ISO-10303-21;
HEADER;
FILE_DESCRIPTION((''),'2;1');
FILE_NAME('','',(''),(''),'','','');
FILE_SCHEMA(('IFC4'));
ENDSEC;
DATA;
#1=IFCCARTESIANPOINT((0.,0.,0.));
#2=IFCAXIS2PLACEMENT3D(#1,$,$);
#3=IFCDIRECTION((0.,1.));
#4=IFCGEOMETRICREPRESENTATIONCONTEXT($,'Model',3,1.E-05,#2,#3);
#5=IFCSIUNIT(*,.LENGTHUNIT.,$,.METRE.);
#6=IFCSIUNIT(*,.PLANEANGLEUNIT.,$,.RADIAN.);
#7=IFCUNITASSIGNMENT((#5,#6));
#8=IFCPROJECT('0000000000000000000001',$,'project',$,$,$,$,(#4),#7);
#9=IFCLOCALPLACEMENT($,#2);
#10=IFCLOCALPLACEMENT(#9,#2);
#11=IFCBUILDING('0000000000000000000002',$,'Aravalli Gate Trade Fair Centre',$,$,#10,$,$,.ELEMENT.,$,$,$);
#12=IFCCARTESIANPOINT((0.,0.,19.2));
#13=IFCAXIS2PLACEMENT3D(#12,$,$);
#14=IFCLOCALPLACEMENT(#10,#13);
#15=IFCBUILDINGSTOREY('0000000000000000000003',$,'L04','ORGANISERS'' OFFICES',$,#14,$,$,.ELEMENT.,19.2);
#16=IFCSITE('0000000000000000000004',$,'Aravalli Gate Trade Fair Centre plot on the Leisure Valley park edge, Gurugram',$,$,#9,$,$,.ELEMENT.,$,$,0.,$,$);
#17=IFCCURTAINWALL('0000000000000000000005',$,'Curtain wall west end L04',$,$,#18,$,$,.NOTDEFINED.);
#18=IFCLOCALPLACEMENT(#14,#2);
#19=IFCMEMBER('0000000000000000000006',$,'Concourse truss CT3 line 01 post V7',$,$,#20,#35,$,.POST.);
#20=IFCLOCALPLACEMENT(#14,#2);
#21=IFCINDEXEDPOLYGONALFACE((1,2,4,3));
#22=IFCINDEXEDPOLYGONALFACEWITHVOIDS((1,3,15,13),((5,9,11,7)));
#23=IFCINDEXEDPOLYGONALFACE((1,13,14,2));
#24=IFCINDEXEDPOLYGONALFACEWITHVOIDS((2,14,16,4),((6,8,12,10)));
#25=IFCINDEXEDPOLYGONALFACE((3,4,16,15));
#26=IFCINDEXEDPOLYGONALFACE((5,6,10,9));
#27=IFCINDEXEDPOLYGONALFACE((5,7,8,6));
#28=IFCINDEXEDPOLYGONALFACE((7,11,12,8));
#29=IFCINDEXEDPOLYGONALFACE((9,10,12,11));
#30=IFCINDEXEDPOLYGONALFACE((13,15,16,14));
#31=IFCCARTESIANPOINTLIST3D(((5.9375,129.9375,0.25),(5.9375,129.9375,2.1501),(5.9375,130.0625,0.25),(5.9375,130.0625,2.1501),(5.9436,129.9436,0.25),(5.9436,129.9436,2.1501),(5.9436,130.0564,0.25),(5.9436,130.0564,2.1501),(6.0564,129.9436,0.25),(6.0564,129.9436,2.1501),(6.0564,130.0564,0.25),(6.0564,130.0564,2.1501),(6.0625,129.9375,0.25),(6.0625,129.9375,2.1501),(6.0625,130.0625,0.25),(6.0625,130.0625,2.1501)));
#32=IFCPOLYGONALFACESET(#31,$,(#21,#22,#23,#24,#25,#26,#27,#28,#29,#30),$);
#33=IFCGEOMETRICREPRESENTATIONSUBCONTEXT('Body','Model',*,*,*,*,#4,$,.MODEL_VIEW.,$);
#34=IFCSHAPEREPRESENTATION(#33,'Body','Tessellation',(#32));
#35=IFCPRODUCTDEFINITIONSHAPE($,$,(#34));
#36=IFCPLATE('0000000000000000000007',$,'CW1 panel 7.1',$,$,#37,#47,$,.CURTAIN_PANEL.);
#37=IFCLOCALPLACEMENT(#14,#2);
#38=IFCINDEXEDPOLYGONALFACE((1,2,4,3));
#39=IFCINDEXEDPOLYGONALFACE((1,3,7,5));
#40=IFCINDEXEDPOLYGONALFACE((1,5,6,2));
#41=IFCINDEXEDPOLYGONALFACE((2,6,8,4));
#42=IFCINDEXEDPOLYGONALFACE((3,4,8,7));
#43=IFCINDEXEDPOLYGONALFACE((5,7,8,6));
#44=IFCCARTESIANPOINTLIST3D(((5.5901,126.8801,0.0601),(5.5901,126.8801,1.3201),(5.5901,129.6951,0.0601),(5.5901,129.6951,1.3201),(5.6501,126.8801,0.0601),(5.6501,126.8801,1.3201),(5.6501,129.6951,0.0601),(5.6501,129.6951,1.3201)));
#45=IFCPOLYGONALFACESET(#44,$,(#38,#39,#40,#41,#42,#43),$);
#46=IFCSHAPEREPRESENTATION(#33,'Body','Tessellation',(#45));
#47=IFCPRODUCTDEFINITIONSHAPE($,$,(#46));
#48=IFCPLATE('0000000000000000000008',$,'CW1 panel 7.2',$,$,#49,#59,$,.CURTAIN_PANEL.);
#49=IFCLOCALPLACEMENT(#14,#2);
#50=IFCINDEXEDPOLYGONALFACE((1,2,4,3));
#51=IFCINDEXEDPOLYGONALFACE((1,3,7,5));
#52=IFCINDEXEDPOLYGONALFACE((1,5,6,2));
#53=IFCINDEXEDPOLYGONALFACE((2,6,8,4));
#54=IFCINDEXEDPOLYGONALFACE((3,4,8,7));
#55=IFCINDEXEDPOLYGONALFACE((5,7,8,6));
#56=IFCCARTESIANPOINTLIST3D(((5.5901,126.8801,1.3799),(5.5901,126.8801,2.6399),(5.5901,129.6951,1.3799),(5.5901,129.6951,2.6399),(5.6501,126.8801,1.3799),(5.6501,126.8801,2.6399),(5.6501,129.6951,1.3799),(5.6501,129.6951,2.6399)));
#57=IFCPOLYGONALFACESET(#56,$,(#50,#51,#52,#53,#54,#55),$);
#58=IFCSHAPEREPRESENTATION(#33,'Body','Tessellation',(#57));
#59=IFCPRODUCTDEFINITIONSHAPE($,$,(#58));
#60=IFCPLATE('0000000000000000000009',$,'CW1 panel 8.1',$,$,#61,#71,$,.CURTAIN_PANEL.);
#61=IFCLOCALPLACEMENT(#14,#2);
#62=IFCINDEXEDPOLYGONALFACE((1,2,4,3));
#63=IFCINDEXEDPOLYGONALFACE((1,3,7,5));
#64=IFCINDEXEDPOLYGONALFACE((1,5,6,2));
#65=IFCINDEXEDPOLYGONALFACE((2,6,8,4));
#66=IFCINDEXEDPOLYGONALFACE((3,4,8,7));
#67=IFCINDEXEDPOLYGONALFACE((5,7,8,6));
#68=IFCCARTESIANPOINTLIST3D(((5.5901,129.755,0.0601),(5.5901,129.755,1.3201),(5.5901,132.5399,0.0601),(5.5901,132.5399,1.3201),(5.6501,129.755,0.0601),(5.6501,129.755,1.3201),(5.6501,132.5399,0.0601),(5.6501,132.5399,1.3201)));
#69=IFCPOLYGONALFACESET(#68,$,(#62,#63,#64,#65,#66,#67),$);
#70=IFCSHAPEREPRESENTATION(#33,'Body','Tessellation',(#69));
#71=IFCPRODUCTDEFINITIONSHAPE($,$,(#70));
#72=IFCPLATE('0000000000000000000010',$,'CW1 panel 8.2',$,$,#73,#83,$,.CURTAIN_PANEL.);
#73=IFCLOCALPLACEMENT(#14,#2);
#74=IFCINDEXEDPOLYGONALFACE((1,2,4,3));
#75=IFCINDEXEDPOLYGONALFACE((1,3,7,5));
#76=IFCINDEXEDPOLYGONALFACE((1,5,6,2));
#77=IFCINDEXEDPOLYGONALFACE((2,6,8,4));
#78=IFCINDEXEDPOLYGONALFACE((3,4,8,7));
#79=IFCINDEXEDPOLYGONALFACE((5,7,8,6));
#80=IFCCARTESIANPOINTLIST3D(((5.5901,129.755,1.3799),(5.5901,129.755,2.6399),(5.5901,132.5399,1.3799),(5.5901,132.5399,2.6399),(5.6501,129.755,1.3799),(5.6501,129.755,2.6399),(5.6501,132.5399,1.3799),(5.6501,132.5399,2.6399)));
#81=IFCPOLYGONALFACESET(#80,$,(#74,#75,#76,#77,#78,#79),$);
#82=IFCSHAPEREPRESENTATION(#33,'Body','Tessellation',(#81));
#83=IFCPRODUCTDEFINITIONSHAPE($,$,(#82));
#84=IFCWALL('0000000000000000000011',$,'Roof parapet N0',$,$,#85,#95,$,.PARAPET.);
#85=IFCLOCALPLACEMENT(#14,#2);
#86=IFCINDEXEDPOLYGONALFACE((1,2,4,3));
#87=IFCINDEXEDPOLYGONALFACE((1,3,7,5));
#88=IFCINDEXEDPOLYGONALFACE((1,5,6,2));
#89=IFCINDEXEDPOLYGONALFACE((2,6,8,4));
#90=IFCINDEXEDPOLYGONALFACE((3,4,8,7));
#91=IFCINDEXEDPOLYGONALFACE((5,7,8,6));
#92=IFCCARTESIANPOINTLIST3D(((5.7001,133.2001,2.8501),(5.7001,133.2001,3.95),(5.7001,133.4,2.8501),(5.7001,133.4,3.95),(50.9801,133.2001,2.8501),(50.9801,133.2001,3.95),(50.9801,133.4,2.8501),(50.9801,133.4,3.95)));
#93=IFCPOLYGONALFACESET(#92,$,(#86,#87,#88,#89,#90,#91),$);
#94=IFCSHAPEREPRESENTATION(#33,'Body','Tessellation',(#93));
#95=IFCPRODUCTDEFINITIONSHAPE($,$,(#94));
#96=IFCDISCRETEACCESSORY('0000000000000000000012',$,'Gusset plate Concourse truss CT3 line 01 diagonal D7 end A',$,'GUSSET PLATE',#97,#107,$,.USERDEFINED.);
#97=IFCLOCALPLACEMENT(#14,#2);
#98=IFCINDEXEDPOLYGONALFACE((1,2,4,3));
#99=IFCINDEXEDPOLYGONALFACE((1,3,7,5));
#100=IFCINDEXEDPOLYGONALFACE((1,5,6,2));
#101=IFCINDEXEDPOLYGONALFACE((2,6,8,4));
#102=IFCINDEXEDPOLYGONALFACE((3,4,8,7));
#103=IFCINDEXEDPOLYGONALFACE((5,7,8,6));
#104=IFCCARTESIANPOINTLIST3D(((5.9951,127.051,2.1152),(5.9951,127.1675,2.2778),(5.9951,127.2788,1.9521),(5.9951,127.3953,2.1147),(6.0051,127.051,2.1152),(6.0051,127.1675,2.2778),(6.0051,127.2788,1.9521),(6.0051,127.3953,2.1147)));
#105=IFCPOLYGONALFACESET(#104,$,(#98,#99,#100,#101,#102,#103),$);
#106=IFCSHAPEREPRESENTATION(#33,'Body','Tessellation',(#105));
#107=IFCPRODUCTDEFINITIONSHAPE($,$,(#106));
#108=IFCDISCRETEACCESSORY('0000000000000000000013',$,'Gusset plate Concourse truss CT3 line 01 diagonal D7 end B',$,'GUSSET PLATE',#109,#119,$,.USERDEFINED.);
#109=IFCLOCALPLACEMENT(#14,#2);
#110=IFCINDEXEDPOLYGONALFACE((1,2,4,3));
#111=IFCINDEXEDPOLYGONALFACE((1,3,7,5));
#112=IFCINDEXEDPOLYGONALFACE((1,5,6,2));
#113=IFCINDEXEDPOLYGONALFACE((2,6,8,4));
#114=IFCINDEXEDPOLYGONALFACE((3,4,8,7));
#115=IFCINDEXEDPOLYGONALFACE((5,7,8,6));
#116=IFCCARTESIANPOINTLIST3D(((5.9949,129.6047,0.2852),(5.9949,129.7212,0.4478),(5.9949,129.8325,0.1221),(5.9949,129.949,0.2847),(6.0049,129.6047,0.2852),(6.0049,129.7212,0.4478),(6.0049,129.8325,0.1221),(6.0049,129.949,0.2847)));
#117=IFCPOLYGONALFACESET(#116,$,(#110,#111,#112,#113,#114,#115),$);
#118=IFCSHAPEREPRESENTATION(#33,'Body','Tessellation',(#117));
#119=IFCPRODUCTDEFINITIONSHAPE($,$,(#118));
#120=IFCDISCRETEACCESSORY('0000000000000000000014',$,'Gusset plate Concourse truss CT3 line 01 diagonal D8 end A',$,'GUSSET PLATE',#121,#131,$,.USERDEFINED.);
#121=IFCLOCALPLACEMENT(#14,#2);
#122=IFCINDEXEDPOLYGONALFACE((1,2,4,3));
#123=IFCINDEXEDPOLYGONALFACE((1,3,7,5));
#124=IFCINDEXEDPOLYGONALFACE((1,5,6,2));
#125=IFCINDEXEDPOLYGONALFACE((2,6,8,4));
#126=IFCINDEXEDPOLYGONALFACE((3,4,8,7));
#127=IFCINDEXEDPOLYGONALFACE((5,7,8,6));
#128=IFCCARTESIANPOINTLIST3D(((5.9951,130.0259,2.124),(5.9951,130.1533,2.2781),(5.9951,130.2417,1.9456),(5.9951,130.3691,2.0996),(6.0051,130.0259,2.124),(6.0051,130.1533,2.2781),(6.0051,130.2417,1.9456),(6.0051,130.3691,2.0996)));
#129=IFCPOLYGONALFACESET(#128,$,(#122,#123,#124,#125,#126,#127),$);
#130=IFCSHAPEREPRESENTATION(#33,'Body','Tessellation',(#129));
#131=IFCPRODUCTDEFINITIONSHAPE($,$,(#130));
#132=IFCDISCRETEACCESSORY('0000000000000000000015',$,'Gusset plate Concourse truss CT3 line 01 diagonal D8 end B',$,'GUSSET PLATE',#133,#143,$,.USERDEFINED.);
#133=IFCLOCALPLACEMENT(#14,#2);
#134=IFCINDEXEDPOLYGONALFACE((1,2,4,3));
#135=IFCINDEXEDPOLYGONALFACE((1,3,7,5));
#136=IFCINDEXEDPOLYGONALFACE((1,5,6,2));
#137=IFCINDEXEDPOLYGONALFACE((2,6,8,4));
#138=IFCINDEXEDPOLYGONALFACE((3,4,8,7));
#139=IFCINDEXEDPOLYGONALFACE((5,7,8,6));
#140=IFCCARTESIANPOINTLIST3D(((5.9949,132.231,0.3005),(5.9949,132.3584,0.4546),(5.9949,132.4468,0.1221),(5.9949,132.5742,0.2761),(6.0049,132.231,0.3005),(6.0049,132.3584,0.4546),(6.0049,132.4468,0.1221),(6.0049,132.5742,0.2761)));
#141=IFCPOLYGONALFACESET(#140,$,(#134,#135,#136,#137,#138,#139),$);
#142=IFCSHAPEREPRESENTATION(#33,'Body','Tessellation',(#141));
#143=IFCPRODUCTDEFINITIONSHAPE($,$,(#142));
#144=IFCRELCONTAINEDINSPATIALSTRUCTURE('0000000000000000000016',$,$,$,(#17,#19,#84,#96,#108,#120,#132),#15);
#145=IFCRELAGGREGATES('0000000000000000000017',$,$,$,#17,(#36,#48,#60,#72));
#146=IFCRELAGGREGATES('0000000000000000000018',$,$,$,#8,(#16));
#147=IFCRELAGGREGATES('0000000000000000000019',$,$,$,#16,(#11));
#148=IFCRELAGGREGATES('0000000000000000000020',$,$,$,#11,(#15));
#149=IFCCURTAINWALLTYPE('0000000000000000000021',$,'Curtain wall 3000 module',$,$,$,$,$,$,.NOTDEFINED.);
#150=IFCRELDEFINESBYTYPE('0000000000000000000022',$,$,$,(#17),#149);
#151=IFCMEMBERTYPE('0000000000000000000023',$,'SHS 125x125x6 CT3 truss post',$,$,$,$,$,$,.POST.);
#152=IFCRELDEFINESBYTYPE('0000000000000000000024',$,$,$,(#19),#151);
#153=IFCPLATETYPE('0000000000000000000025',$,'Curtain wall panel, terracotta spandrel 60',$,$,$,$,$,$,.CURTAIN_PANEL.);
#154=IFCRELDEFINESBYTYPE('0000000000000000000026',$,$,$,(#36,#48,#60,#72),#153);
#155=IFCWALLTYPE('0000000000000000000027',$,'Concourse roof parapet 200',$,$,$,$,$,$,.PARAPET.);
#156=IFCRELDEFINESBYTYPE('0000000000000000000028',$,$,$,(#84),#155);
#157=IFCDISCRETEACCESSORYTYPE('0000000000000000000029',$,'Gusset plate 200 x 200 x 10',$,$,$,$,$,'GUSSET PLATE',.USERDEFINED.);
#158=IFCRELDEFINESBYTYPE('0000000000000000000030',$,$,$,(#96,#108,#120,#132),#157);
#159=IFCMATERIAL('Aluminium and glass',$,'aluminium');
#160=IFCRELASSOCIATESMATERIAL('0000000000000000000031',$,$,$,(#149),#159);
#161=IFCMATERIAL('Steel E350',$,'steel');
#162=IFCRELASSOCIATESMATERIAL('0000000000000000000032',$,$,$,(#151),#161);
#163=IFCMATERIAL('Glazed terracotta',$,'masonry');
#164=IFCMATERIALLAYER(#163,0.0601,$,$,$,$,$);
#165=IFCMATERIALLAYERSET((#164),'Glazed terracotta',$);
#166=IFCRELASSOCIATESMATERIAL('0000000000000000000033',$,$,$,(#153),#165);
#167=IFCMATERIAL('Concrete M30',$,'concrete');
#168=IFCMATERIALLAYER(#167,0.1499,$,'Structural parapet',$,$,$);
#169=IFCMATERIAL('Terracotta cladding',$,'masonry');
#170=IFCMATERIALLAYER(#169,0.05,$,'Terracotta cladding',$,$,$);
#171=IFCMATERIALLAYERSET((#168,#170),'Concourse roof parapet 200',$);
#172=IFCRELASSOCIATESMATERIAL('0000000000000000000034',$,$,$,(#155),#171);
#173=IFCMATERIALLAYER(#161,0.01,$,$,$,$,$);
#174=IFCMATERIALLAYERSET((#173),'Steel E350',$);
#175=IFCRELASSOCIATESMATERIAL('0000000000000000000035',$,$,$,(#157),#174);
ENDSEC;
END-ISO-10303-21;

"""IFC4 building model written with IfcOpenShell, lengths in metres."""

from ifc_helpers import new_model, si_unit, direction, frame, frame_2d, origin, origin_2d, place, context, subcontext, project, spatial, polyline, rectangle, hollow_rectangle, outline, extrude, material, layer, layer_set, material_profile, profile_set, type_object, element, aggregate, save


model = new_model("IFC4")

# Units and contexts
model_context = context("Model", 3, precision=1e-05, world=origin(), true_north=direction((0.0, 1.0)))
body_context = subcontext(model_context, "Body", "Model", "MODEL_VIEW")
ifc_project = project(units=[si_unit("LENGTHUNIT", "METRE"), si_unit("PLANEANGLEUNIT", "RADIAN")], contexts=[model_context])

# Site, building, storey
site_placement = place(None, origin())
site = spatial("IfcSite", under=ifc_project, at=site_placement, Name="Aravalli Gate Trade Fair Centre plot on the Leisure Valley park edge, Gurugram", CompositionType="ELEMENT", RefElevation=0.0)
building_placement = place(site_placement, origin())
building = spatial("IfcBuilding", under=site, at=building_placement, Name="Aravalli Gate Trade Fair Centre", CompositionType="ELEMENT")
storey_placement = place(building_placement, frame((0.0, 0.0, 19.2)))
storey = spatial("IfcBuildingStorey", under=building, at=storey_placement, Name="L04", Description="ORGANISERS' OFFICES", CompositionType="ELEMENT", Elevation=19.2)

# Shared definitions
ifc_material_1 = material(Name="Aluminium and glass", Category="aluminium")
curtain_wall_type = type_object("IfcCurtainWallType", Name="Curtain wall 3000 module", PredefinedType="NOTDEFINED", material=ifc_material_1)

# Curtain wall
curtain_wall_1_placement = place(storey_placement, origin())
curtain_wall_1 = element("IfcCurtainWall", 1, at=curtain_wall_1_placement, inside=storey, type_object=curtain_wall_type, Name="Curtain wall west end L04", PredefinedType="NOTDEFINED")

# Member
ifc_material_2 = material(Name="Steel E350", Category="steel")
ifc_material_profile_1 = material_profile(ifc_material_2, hollow_rectangle(XDim=0.125, YDim=0.125, WallThickness=0.0061, at=origin_2d()), Name="SHS 125x125x6")
ifc_profile_set_1 = profile_set([ifc_material_profile_1], Name="Steel E350")
member_type_1 = type_object("IfcMemberType", Name="SHS 125x125x6 CT3 truss post", PredefinedType="POST", material=ifc_profile_set_1)
member_1_placement = place(storey_placement, frame((6.0, 130.0, 0.25), z_axis=(0.0, 0.0, 1.0), x_axis=(1.0, 0.0, 0.0)))
element("IfcMember", 2, at=member_1_placement, inside=storey, type_object=member_type_1, Name="Concourse truss CT3 line 01 post V7", PredefinedType="POST", context=body_context, shape_type="SweptSolid", body=[
    extrude(hollow_rectangle(XDim=0.125, YDim=0.125, WallThickness=0.0061, at=origin_2d()), origin(), (0.0, 0.0, 1.0), 1.9001),
])

# Plates
ifc_material_3 = material(Name="Glazed terracotta", Category="masonry")
ifc_layer_1 = layer(ifc_material_3, 0.0601)
ifc_layer_set_1 = layer_set([ifc_layer_1], Name="Glazed terracotta")
plate_type = type_object("IfcPlateType", Name="Curtain wall panel, terracotta spandrel 60", PredefinedType="CURTAIN_PANEL", material=ifc_layer_set_1)
plate_1_placement = place(storey_placement, frame((5.6201, 128.2876, 0.0601), z_axis=(0.0, 0.0, 1.0), x_axis=(0.0, 1.0, 0.0)))
plate_1 = element("IfcPlate", 3, at=plate_1_placement, type_object=plate_type, Name="CW1 panel 7.1", PredefinedType="CURTAIN_PANEL", context=body_context, shape_type="SweptSolid", body=[
    extrude(rectangle(XDim=2.8149, YDim=0.0601, at=origin_2d()), origin(), (0.0, 0.0, 1.0), 1.26),
])
plate_2_placement = place(storey_placement, frame((5.6201, 128.2876, 1.3799), z_axis=(0.0, 0.0, 1.0), x_axis=(0.0, 1.0, 0.0)))
plate_2 = element("IfcPlate", 4, at=plate_2_placement, type_object=plate_type, Name="CW1 panel 7.2", PredefinedType="CURTAIN_PANEL", context=body_context, shape_type="SweptSolid", body=[
    extrude(rectangle(XDim=2.8149, YDim=0.0601, at=origin_2d()), origin(), (0.0, 0.0, 1.0), 1.26),
])
plate_3_placement = place(storey_placement, frame((5.6201, 131.1475, 0.0601), z_axis=(0.0, 0.0, 1.0), x_axis=(0.0, 1.0, 0.0)))
plate_3 = element("IfcPlate", 5, at=plate_3_placement, type_object=plate_type, Name="CW1 panel 8.1", PredefinedType="CURTAIN_PANEL", context=body_context, shape_type="SweptSolid", body=[
    extrude(rectangle(XDim=2.7849, YDim=0.0601, at=origin_2d()), origin(), (0.0, 0.0, 1.0), 1.26),
])
plate_4_placement = place(storey_placement, frame((5.6201, 131.1475, 1.3799), z_axis=(0.0, 0.0, 1.0), x_axis=(0.0, 1.0, 0.0)))
plate_4 = element("IfcPlate", 6, at=plate_4_placement, type_object=plate_type, Name="CW1 panel 8.2", PredefinedType="CURTAIN_PANEL", context=body_context, shape_type="SweptSolid", body=[
    extrude(rectangle(XDim=2.7849, YDim=0.0601, at=origin_2d()), origin(), (0.0, 0.0, 1.0), 1.26),
])
aggregate(curtain_wall_1, [plate_1, plate_2, plate_3, plate_4])

# Wall
ifc_material_4 = material(Name="Concrete M30", Category="concrete")
ifc_layer_2 = layer(ifc_material_4, 0.1499, Name="Structural parapet")
ifc_material_5 = material(Name="Terracotta cladding", Category="masonry")
ifc_layer_3 = layer(ifc_material_5, 0.05, Name="Terracotta cladding")
ifc_layer_set_2 = layer_set([ifc_layer_2, ifc_layer_3], Name="Concourse roof parapet 200")
wall_type = type_object("IfcWallType", Name="Concourse roof parapet 200", PredefinedType="PARAPET", material=ifc_layer_set_2)
wall_placement = place(storey_placement, frame((5.7, 133.3, 2.8501), z_axis=(0.0, 0.0, 1.0), x_axis=(1.0, 0.0, 0.0)))
element("IfcWall", 7, at=wall_placement, inside=storey, type_object=wall_type, Name="Roof parapet N0", PredefinedType="PARAPET", context=body_context, shape_type="SweptSolid", body=[
    extrude(rectangle(XDim=45.28, YDim=0.2, at=frame_2d((22.6401, 0.0))), origin(), (0.0, 0.0, 1.0), 1.0999),
])

# Discrete accessories
ifc_layer_4 = layer(ifc_material_2, 0.01)
ifc_layer_set_3 = layer_set([ifc_layer_4], Name="Steel E350")
discrete_accessory_type = type_object("IfcDiscreteAccessoryType", Name="Gusset plate 200 x 200 x 10", ElementType="GUSSET PLATE", PredefinedType="USERDEFINED", material=ifc_layer_set_3)
discrete_accessory_1_placement = place(storey_placement, frame((5.9951, 127.2788, 1.9521), z_axis=(-1.0, 0.0, 0.0), x_axis=(0.0, -0.813085, 0.582145)))
element("IfcDiscreteAccessory", 8, at=discrete_accessory_1_placement, inside=storey, type_object=discrete_accessory_type, Name="Gusset plate Concourse truss CT3 line 01 diagonal D7 end A", ObjectType="GUSSET PLATE", PredefinedType="USERDEFINED", context=body_context, shape_type="SweptSolid", body=[
    extrude(outline(polyline([(0.0, 0.0), (0.2801, 0.0), (0.2801, 0.2), (0.0, 0.2), (0.0, 0.0)])), origin(), (0.0, 0.0, -1.0), 0.01),
])
discrete_accessory_2_placement = place(storey_placement, frame((6.0049, 129.6047, 0.2852), z_axis=(1.0, 0.0, 0.0), x_axis=(0.0, 0.813085, -0.582145)))
element("IfcDiscreteAccessory", 9, at=discrete_accessory_2_placement, inside=storey, type_object=discrete_accessory_type, Name="Gusset plate Concourse truss CT3 line 01 diagonal D7 end B", ObjectType="GUSSET PLATE", PredefinedType="USERDEFINED", context=body_context, shape_type="SweptSolid", body=[
    extrude(outline(polyline([(0.0, 0.0), (0.2801, 0.0), (0.2802, 0.2), (0.0, 0.2), (0.0, 0.0)])), origin(), (0.0, 0.0, -1.0), 0.01),
])
discrete_accessory_3_placement = place(storey_placement, frame((5.9951, 130.2417, 1.9456), z_axis=(-1.0, 0.0, 0.0), x_axis=(0.0, -0.770645, 0.637264)))
element("IfcDiscreteAccessory", 10, at=discrete_accessory_3_placement, inside=storey, type_object=discrete_accessory_type, Name="Gusset plate Concourse truss CT3 line 01 diagonal D8 end A", ObjectType="GUSSET PLATE", PredefinedType="USERDEFINED", context=body_context, shape_type="SweptSolid", body=[
    extrude(outline(polyline([(0.0, 0.0), (0.2801, 0.0), (0.28, 0.1999), (0.0, 0.1999), (0.0, 0.0)])), origin(), (0.0, 0.0, -1.0), 0.01),
])
discrete_accessory_4_placement = place(storey_placement, frame((6.0049, 132.231, 0.3005), z_axis=(1.0, 0.0, 0.0), x_axis=(0.0, 0.770645, -0.637264)))
element("IfcDiscreteAccessory", 11, at=discrete_accessory_4_placement, inside=storey, type_object=discrete_accessory_type, Name="Gusset plate Concourse truss CT3 line 01 diagonal D8 end B", ObjectType="GUSSET PLATE", PredefinedType="USERDEFINED", context=body_context, shape_type="SweptSolid", body=[
    extrude(outline(polyline([(0.0, 0.0), (0.2801, 0.0), (0.2801, 0.1999), (0.0, 0.1999), (0.0, 0.0)])), origin(), (0.0, 0.0, -1.0), 0.01),
])

save(model, "model.ifc")
